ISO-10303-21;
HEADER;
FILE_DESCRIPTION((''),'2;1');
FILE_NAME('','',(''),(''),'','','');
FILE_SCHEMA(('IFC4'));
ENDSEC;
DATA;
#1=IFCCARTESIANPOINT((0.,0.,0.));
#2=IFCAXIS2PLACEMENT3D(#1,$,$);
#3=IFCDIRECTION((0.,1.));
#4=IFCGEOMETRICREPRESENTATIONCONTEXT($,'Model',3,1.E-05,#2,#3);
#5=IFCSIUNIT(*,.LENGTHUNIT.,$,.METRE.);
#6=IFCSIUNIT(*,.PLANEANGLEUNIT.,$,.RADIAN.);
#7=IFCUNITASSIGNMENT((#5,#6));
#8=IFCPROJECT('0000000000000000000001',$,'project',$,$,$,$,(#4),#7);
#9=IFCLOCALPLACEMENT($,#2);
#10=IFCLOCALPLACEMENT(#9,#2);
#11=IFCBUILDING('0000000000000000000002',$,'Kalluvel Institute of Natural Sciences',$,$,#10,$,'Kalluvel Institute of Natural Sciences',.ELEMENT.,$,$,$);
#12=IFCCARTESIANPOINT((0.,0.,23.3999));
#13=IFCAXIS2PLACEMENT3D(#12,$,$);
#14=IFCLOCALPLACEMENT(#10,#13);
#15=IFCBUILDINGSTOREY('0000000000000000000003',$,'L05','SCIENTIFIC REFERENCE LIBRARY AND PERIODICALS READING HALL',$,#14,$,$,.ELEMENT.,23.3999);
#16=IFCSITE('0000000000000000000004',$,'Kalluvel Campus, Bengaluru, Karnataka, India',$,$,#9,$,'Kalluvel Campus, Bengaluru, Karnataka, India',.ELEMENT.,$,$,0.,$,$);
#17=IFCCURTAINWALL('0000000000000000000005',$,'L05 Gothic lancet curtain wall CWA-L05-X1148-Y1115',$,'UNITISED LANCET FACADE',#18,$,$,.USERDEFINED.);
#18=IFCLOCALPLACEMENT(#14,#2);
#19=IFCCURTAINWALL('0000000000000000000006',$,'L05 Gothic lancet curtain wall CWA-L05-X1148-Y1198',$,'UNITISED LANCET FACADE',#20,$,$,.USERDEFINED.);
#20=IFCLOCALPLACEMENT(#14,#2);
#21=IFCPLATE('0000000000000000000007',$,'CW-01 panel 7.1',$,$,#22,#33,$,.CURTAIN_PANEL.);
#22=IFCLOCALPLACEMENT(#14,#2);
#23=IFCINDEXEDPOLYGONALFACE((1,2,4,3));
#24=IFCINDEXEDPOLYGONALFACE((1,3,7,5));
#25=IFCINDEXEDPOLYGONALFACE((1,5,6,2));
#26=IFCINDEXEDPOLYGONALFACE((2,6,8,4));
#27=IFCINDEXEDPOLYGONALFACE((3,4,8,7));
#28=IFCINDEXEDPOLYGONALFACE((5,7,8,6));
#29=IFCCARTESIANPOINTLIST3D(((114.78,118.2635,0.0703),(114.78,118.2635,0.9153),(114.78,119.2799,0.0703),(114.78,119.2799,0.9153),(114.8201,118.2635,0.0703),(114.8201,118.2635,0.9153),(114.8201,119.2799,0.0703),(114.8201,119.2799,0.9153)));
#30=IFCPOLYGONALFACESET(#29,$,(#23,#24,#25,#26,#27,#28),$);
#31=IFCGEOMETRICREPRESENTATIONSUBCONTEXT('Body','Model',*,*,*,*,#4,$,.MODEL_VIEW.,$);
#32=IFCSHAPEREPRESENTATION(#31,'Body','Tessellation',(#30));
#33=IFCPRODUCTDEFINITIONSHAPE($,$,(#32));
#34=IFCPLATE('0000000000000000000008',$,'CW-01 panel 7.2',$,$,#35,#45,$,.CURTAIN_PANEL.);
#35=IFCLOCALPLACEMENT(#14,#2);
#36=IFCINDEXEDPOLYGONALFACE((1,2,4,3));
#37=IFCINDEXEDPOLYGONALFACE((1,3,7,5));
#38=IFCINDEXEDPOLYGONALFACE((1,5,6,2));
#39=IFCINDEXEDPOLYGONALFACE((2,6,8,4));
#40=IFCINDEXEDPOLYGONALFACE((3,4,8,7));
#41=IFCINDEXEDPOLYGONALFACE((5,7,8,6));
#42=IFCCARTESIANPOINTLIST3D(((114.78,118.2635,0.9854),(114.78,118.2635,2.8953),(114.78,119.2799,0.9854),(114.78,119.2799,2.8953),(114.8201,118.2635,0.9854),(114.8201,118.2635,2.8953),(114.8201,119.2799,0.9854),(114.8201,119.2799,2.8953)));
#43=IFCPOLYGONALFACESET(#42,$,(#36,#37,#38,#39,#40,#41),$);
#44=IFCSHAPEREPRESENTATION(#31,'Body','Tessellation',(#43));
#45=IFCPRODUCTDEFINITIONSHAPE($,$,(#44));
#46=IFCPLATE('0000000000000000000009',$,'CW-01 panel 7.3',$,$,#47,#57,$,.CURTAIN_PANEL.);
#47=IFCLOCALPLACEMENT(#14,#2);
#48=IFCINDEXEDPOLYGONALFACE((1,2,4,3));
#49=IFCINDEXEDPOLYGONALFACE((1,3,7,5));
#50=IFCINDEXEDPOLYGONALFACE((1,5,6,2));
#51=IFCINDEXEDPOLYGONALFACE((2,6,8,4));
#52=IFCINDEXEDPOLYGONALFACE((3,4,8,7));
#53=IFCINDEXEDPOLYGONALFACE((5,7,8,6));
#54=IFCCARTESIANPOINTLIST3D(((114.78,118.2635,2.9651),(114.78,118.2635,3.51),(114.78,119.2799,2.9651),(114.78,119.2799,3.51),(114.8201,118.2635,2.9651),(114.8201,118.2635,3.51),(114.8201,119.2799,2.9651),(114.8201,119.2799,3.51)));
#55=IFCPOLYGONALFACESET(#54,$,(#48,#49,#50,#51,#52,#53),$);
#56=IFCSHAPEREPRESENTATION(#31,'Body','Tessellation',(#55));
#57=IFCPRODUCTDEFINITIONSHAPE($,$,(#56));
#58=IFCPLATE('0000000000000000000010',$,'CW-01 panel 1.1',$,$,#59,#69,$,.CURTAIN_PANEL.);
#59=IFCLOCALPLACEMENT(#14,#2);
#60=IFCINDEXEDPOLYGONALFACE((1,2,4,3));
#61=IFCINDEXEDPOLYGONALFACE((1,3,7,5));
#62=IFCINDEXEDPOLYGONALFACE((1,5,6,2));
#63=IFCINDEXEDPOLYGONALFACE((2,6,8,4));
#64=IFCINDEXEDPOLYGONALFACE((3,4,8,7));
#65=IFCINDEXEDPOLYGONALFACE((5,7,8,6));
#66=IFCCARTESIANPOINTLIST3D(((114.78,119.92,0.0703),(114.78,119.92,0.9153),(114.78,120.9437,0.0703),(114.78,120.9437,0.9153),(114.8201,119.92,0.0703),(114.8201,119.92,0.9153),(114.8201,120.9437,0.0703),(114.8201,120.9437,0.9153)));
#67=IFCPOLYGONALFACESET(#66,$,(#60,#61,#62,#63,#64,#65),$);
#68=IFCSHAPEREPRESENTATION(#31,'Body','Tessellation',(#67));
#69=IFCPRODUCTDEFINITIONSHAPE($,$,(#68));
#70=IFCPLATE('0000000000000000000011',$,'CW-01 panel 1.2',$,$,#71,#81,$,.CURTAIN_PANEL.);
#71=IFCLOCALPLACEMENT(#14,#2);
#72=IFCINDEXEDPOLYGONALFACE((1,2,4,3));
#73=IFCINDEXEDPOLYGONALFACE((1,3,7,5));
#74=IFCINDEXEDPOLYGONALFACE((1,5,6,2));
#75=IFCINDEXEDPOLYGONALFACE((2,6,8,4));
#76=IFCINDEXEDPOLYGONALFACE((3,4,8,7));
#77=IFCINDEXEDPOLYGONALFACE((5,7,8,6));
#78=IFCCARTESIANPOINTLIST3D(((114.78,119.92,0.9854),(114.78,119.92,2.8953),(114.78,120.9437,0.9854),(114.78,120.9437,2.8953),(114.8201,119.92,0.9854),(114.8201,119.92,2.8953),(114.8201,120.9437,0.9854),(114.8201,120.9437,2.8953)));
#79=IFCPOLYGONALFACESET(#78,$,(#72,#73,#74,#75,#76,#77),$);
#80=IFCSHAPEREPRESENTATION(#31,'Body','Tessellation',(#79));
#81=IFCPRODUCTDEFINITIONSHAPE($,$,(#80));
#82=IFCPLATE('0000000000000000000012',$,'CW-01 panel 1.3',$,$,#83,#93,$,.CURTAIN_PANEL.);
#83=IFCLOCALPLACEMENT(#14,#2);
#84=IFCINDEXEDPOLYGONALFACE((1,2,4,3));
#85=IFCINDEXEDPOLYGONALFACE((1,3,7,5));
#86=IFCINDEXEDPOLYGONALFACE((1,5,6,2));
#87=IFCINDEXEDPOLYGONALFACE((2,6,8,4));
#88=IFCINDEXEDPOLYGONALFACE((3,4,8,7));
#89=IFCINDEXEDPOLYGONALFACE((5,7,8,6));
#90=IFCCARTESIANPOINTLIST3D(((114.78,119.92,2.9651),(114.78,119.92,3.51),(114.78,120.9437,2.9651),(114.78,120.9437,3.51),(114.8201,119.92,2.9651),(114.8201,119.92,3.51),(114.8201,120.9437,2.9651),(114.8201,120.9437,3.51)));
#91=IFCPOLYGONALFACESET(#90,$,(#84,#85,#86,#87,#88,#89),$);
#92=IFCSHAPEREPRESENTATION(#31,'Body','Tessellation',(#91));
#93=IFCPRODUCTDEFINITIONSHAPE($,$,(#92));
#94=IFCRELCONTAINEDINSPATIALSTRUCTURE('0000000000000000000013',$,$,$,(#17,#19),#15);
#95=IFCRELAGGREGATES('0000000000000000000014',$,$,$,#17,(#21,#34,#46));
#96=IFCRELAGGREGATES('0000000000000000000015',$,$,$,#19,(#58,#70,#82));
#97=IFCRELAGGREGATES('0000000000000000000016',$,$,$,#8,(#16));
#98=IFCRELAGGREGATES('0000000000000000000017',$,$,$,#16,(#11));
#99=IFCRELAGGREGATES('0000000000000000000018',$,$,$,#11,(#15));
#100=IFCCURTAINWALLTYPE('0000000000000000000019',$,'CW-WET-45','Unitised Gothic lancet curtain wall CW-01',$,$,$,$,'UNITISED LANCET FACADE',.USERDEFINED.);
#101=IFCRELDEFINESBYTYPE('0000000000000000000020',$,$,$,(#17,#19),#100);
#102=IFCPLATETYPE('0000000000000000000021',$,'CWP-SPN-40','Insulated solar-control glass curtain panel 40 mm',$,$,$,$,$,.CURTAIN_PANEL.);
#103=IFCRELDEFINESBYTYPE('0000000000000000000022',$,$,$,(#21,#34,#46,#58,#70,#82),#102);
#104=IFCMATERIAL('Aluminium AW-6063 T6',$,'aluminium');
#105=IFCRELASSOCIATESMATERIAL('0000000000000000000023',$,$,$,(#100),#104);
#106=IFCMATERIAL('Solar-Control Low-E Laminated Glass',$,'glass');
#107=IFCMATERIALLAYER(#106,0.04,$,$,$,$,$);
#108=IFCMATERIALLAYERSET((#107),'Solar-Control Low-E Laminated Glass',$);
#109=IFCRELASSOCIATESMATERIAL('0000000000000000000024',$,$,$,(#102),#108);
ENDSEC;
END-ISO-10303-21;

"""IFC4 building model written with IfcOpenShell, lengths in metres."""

from ifc_helpers import new_model, si_unit, direction, frame, origin, origin_2d, place, context, subcontext, project, spatial, rectangle, extrude, material, layer, layer_set, type_object, element, aggregate, save


model = new_model("IFC4")

# Units and contexts
model_context = context("Model", 3, precision=1e-05, world=origin(), true_north=direction((0.0, 1.0)))
body_context = subcontext(model_context, "Body", "Model", "MODEL_VIEW")
ifc_project = project(units=[si_unit("LENGTHUNIT", "METRE"), si_unit("PLANEANGLEUNIT", "RADIAN")], contexts=[model_context])

# Site, building, storey
site_placement = place(None, origin())
site = spatial("IfcSite", under=ifc_project, at=site_placement, Name="Kalluvel Campus, Bengaluru, Karnataka, India", LongName="Kalluvel Campus, Bengaluru, Karnataka, India", CompositionType="ELEMENT", RefElevation=0.0)
building_placement = place(site_placement, origin())
building = spatial("IfcBuilding", under=site, at=building_placement, Name="Kalluvel Institute of Natural Sciences", LongName="Kalluvel Institute of Natural Sciences", CompositionType="ELEMENT")
storey_placement = place(building_placement, frame((0.0, 0.0, 23.3999)))
storey = spatial("IfcBuildingStorey", under=building, at=storey_placement, Name="L05", Description="SCIENTIFIC REFERENCE LIBRARY AND PERIODICALS READING HALL", CompositionType="ELEMENT", Elevation=23.3999)

# Curtain walls
ifc_material_1 = material(Name="Aluminium AW-6063 T6", Category="aluminium")
curtain_wall_type = type_object("IfcCurtainWallType", Name="CW-WET-45", Description="Unitised Gothic lancet curtain wall CW-01", ElementType="UNITISED LANCET FACADE", PredefinedType="USERDEFINED", material=ifc_material_1)
curtain_wall_1_placement = place(storey_placement, origin())
curtain_wall_1 = element("IfcCurtainWall", 1, at=curtain_wall_1_placement, inside=storey, type_object=curtain_wall_type, Name="L05 Gothic lancet curtain wall CWA-L05-X1148-Y1115", ObjectType="UNITISED LANCET FACADE", PredefinedType="USERDEFINED")
curtain_wall_2_placement = place(storey_placement, origin())
curtain_wall_2 = element("IfcCurtainWall", 2, at=curtain_wall_2_placement, inside=storey, type_object=curtain_wall_type, Name="L05 Gothic lancet curtain wall CWA-L05-X1148-Y1198", ObjectType="UNITISED LANCET FACADE", PredefinedType="USERDEFINED")

# Plates
ifc_material_2 = material(Name="Solar-Control Low-E Laminated Glass", Category="glass")
ifc_layer = layer(ifc_material_2, 0.04)
ifc_layer_set = layer_set([ifc_layer], Name="Solar-Control Low-E Laminated Glass")
plate_type = type_object("IfcPlateType", Name="CWP-SPN-40", Description="Insulated solar-control glass curtain panel 40 mm", PredefinedType="CURTAIN_PANEL", material=ifc_layer_set)
plate_1_placement = place(storey_placement, frame((114.8, 118.7717, 0.0703), z_axis=(0.0, 0.0, 1.0), x_axis=(0.0, 1.0, 0.0)))
plate_1 = element("IfcPlate", 3, at=plate_1_placement, type_object=plate_type, Name="CW-01 panel 7.1", PredefinedType="CURTAIN_PANEL", context=body_context, shape_type="SweptSolid", body=[
    extrude(rectangle(XDim=1.0164, YDim=0.04, at=origin_2d()), origin(), (0.0, 0.0, 1.0), 0.845),
])
plate_2_placement = place(storey_placement, frame((114.8, 118.7717, 0.9854), z_axis=(0.0, 0.0, 1.0), x_axis=(0.0, 1.0, 0.0)))
plate_2 = element("IfcPlate", 4, at=plate_2_placement, type_object=plate_type, Name="CW-01 panel 7.2", PredefinedType="CURTAIN_PANEL", context=body_context, shape_type="SweptSolid", body=[
    extrude(rectangle(XDim=1.0164, YDim=0.04, at=origin_2d()), origin(), (0.0, 0.0, 1.0), 1.9099),
])
plate_3_placement = place(storey_placement, frame((114.8, 118.7717, 2.9651), z_axis=(0.0, 0.0, 1.0), x_axis=(0.0, 1.0, 0.0)))
plate_3 = element("IfcPlate", 5, at=plate_3_placement, type_object=plate_type, Name="CW-01 panel 7.3", PredefinedType="CURTAIN_PANEL", context=body_context, shape_type="SweptSolid", body=[
    extrude(rectangle(XDim=1.0164, YDim=0.04, at=origin_2d()), origin(), (0.0, 0.0, 1.0), 0.5449),
])
aggregate(curtain_wall_1, [plate_1, plate_2, plate_3])
plate_4_placement = place(storey_placement, frame((114.8, 120.4319, 0.0703), z_axis=(0.0, 0.0, 1.0), x_axis=(0.0, 1.0, 0.0)))
plate_4 = element("IfcPlate", 6, at=plate_4_placement, type_object=plate_type, Name="CW-01 panel 1.1", PredefinedType="CURTAIN_PANEL", context=body_context, shape_type="SweptSolid", body=[
    extrude(rectangle(XDim=1.0237, YDim=0.04, at=origin_2d()), origin(), (0.0, 0.0, 1.0), 0.845),
])
plate_5_placement = place(storey_placement, frame((114.8, 120.4319, 0.9854), z_axis=(0.0, 0.0, 1.0), x_axis=(0.0, 1.0, 0.0)))
plate_5 = element("IfcPlate", 7, at=plate_5_placement, type_object=plate_type, Name="CW-01 panel 1.2", PredefinedType="CURTAIN_PANEL", context=body_context, shape_type="SweptSolid", body=[
    extrude(rectangle(XDim=1.0237, YDim=0.04, at=origin_2d()), origin(), (0.0, 0.0, 1.0), 1.9099),
])
plate_6_placement = place(storey_placement, frame((114.8, 120.4319, 2.9651), z_axis=(0.0, 0.0, 1.0), x_axis=(0.0, 1.0, 0.0)))
plate_6 = element("IfcPlate", 8, at=plate_6_placement, type_object=plate_type, Name="CW-01 panel 1.3", PredefinedType="CURTAIN_PANEL", context=body_context, shape_type="SweptSolid", body=[
    extrude(rectangle(XDim=1.0237, YDim=0.04, at=origin_2d()), origin(), (0.0, 0.0, 1.0), 0.5449),
])
aggregate(curtain_wall_2, [plate_4, plate_5, plate_6])

save(model, "model.ifc")
